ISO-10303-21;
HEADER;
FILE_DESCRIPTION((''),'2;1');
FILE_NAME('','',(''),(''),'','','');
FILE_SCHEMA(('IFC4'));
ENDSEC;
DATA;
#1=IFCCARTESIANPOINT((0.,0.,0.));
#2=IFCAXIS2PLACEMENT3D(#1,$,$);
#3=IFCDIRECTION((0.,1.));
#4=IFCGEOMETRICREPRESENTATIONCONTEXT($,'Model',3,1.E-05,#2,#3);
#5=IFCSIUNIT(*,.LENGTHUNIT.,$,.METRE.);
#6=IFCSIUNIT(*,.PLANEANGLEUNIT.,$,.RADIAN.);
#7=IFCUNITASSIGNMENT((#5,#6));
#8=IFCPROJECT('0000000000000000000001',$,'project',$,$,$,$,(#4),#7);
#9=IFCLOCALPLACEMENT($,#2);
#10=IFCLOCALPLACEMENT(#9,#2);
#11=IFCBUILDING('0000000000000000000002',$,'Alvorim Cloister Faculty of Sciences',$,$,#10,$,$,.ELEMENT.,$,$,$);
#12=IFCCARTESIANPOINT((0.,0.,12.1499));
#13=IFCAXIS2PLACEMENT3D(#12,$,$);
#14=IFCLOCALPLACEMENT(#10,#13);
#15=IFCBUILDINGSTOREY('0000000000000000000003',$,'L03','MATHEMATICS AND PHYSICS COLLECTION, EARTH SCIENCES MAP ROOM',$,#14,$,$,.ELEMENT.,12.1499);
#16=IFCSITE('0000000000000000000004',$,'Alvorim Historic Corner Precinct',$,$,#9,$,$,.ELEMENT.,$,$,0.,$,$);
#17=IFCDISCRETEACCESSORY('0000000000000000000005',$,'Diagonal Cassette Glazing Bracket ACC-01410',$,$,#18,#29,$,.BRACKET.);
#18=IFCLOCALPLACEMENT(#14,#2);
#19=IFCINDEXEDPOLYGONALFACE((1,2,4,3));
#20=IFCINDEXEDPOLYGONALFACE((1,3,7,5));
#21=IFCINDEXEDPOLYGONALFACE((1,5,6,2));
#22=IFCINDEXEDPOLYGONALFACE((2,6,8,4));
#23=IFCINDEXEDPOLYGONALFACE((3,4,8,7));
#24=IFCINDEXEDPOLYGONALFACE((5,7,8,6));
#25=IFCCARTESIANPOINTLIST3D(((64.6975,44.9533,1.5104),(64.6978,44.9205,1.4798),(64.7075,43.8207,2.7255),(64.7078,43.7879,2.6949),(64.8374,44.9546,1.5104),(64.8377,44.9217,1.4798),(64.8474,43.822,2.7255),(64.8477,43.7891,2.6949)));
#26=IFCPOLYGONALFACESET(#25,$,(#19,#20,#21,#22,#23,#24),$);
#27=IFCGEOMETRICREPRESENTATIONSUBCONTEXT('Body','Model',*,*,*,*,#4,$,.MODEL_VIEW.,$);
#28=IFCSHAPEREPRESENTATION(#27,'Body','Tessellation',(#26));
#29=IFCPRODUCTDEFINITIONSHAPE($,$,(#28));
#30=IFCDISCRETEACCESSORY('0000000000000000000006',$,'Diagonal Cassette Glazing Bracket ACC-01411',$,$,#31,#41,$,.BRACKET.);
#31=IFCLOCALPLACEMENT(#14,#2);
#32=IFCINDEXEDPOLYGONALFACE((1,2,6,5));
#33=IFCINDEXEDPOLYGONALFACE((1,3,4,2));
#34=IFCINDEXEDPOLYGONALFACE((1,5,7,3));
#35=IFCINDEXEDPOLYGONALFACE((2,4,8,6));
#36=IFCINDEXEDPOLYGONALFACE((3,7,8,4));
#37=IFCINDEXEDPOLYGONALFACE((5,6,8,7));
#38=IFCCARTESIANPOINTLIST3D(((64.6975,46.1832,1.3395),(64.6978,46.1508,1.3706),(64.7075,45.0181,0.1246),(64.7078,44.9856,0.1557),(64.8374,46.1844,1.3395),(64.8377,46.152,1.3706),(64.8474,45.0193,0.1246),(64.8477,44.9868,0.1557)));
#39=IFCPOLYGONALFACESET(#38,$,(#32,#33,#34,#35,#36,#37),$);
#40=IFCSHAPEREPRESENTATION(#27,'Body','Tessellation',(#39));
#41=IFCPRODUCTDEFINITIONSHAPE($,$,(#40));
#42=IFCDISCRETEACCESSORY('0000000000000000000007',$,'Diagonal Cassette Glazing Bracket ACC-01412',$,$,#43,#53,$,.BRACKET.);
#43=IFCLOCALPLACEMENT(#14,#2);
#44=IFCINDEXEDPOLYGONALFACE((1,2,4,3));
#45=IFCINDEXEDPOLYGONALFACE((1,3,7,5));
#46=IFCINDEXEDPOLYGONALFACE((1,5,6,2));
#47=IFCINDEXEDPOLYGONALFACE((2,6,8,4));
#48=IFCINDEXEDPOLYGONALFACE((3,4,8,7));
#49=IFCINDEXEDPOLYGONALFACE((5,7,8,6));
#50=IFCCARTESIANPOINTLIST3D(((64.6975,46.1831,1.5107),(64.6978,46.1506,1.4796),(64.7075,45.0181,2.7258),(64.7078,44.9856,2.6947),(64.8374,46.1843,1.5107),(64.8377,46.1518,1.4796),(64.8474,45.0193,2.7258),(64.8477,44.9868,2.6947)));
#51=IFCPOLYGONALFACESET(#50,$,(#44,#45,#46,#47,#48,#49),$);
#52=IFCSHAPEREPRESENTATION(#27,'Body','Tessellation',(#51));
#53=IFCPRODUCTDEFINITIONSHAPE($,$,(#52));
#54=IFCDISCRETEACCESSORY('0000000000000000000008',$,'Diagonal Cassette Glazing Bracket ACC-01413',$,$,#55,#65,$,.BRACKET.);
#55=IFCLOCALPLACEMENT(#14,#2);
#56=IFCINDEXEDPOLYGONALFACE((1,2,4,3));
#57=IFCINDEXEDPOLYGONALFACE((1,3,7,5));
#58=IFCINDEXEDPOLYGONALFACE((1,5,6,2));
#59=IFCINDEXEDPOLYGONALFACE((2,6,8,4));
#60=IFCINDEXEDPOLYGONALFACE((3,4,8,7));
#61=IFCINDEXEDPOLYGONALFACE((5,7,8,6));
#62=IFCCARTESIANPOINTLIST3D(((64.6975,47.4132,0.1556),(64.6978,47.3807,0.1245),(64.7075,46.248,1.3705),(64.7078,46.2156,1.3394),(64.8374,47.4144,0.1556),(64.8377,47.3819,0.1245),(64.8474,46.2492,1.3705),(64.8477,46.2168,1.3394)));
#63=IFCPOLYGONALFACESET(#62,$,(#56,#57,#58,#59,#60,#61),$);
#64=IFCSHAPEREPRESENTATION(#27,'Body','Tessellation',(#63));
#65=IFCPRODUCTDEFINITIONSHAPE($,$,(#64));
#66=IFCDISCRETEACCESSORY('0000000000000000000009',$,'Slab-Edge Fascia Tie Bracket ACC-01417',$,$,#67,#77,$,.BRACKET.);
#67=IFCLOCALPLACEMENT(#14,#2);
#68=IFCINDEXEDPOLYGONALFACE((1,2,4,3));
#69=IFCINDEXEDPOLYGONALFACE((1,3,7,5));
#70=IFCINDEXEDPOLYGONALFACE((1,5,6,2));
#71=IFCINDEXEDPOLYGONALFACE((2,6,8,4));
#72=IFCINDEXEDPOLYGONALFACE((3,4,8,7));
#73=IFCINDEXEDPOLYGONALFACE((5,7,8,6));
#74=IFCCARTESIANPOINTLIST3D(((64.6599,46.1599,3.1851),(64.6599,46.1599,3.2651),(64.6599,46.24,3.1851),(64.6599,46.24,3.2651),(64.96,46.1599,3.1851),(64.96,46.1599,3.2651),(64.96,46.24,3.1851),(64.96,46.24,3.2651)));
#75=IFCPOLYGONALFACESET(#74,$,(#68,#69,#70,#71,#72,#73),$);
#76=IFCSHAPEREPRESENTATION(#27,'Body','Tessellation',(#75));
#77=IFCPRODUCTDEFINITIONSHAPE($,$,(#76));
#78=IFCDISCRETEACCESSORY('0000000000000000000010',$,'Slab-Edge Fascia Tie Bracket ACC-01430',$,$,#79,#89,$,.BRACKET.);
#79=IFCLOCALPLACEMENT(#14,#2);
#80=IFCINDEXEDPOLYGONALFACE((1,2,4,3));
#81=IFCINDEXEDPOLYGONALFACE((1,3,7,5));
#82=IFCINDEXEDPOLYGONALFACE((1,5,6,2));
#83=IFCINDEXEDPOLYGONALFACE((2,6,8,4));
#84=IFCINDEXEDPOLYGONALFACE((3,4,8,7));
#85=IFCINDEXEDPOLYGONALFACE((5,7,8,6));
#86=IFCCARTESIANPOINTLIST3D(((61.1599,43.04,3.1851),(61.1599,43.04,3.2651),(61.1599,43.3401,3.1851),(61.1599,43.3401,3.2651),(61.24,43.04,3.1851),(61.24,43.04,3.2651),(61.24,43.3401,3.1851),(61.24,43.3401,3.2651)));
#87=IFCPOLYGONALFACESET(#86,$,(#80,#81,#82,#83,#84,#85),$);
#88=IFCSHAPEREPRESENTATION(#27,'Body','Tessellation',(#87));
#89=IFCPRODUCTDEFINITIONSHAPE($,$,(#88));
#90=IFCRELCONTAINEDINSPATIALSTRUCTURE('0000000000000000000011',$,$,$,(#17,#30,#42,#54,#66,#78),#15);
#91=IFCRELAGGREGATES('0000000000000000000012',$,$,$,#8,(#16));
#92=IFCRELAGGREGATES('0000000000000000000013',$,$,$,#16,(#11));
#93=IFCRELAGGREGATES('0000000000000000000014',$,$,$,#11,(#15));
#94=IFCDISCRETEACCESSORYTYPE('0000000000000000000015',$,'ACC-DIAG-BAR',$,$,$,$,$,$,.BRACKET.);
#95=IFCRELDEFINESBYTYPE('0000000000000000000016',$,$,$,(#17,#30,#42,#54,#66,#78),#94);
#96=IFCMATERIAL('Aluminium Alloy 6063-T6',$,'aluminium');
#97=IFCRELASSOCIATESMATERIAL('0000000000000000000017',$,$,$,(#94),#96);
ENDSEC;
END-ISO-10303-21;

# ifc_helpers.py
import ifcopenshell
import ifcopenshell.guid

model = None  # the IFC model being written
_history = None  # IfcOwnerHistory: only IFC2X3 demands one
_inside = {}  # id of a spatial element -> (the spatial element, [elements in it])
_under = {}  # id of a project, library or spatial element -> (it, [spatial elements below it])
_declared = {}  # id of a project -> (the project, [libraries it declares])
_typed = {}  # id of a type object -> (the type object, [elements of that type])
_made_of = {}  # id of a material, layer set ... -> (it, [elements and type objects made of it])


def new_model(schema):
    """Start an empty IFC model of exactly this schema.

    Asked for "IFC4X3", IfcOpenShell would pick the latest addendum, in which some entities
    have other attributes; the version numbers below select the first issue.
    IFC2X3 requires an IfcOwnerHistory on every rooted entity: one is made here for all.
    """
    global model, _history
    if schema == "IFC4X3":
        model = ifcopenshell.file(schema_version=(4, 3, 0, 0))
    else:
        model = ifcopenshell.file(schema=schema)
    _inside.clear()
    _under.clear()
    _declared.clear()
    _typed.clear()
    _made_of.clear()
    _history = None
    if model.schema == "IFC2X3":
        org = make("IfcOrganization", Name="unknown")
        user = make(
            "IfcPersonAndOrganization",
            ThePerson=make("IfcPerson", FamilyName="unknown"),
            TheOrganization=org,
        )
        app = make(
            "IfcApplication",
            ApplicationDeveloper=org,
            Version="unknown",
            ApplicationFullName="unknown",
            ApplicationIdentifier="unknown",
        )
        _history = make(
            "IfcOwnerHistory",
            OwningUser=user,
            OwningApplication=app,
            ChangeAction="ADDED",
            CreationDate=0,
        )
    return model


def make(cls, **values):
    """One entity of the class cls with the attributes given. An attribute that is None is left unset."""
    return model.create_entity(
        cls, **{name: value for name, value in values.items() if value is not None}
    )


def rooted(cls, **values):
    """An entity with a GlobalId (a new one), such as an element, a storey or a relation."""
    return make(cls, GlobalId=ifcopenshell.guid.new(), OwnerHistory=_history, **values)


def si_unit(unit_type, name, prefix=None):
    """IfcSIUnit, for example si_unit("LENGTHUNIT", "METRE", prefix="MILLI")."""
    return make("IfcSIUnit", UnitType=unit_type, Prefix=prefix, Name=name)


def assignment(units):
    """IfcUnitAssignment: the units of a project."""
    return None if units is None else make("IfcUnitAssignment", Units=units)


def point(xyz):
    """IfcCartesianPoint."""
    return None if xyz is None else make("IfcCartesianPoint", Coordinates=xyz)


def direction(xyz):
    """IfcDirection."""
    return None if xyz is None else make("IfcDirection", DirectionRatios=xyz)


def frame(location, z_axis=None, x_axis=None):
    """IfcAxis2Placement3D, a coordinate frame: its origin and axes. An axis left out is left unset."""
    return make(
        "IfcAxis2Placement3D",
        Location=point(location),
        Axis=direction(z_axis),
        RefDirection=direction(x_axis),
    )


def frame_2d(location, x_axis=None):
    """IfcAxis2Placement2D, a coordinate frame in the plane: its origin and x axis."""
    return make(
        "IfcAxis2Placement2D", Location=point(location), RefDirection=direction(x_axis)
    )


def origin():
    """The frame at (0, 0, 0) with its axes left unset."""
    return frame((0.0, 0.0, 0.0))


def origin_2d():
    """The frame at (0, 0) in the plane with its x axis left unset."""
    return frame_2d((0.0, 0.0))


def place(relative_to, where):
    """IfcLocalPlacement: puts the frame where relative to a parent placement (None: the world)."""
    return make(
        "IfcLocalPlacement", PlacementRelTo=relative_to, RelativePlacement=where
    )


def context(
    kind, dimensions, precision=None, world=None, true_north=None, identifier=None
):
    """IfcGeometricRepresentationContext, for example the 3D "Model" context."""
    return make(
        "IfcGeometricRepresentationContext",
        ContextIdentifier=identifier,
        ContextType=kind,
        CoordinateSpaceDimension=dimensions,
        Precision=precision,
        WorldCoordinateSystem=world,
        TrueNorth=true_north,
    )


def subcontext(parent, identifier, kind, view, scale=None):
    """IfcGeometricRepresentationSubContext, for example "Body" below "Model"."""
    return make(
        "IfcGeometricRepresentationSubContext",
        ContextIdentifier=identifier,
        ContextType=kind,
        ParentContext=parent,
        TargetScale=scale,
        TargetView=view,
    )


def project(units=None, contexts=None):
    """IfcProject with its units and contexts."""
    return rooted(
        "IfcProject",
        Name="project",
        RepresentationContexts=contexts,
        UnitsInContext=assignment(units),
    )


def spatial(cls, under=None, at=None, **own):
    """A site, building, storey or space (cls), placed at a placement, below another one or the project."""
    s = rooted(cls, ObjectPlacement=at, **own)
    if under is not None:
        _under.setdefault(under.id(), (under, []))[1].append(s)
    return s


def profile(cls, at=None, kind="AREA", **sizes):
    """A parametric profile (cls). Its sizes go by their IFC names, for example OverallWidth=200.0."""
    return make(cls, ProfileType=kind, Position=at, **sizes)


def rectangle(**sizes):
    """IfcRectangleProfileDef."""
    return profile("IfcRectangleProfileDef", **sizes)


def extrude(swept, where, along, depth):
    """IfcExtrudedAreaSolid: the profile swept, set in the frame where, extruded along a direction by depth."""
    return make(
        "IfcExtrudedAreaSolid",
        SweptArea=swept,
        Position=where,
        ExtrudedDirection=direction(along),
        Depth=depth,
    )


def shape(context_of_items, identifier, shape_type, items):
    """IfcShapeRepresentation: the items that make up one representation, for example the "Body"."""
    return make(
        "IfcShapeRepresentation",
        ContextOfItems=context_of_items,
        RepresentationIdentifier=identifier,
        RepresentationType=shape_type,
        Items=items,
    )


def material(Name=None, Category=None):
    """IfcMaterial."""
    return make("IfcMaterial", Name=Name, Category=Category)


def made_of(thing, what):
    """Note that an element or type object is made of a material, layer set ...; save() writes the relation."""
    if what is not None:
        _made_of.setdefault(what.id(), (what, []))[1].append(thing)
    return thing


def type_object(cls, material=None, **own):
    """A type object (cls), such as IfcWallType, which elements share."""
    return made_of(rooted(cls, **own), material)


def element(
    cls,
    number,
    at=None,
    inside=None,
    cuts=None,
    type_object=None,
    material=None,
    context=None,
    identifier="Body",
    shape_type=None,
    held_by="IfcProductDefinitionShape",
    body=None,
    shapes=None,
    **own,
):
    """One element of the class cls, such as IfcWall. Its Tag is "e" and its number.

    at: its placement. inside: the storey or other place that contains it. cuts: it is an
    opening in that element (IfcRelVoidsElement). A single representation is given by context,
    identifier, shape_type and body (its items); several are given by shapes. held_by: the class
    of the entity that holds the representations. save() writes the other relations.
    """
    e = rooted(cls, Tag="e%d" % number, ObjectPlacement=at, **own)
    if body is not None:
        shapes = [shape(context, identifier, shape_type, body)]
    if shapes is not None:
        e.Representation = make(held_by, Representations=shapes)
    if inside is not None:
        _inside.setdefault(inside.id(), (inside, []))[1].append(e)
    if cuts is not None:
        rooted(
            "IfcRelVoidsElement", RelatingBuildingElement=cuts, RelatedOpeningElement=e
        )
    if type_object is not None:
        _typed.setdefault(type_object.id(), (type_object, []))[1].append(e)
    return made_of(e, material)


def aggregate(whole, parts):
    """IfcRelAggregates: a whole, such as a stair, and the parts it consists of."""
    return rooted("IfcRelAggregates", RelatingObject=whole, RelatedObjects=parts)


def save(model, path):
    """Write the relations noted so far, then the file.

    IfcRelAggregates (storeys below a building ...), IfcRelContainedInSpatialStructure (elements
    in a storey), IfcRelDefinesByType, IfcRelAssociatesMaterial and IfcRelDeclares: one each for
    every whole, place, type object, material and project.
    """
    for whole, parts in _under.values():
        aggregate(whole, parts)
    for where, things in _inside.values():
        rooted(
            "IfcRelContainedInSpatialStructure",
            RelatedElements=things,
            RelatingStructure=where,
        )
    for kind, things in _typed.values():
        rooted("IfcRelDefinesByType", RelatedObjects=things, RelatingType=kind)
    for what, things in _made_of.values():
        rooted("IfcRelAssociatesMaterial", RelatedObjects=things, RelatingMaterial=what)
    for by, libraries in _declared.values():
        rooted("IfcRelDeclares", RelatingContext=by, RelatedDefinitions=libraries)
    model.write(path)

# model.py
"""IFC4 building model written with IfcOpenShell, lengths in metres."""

from ifc_helpers import new_model, si_unit, direction, frame, origin, origin_2d, place, context, subcontext, project, spatial, rectangle, extrude, material, type_object, element, save


model = new_model("IFC4")

# Units and contexts
model_context = context("Model", 3, precision=1e-05, world=origin(), true_north=direction((0.0, 1.0)))
body_context = subcontext(model_context, "Body", "Model", "MODEL_VIEW")
ifc_project = project(units=[si_unit("LENGTHUNIT", "METRE"), si_unit("PLANEANGLEUNIT", "RADIAN")], contexts=[model_context])

# Site, building, storey
site_placement = place(None, origin())
site = spatial("IfcSite", under=ifc_project, at=site_placement, Name="Alvorim Historic Corner Precinct", CompositionType="ELEMENT", RefElevation=0.0)
building_placement = place(site_placement, origin())
building = spatial("IfcBuilding", under=site, at=building_placement, Name="Alvorim Cloister Faculty of Sciences", CompositionType="ELEMENT")
storey_placement = place(building_placement, frame((0.0, 0.0, 12.1499)))
storey = spatial("IfcBuildingStorey", under=building, at=storey_placement, Name="L03", Description="MATHEMATICS AND PHYSICS COLLECTION, EARTH SCIENCES MAP ROOM", CompositionType="ELEMENT", Elevation=12.1499)

# Shared definitions
ifc_material_1 = material(Name="Aluminium Alloy 6063-T6", Category="aluminium")

# Discrete accessories
discrete_accessory_type = type_object("IfcDiscreteAccessoryType", Name="ACC-DIAG-BAR", PredefinedType="BRACKET", material=ifc_material_1)
discrete_accessory_1_placement = place(storey_placement, frame((64.7776, 43.8049, 2.7102), z_axis=(-0.006026, 0.681819, -0.731496), x_axis=(-0.999961, -0.008838, 0.0)))
element("IfcDiscreteAccessory", 1, at=discrete_accessory_1_placement, inside=storey, type_object=discrete_accessory_type, Name="Diagonal Cassette Glazing Bracket ACC-01410", PredefinedType="BRACKET", context=body_context, shape_type="SweptSolid", body=[
    extrude(rectangle(XDim=0.1399, YDim=0.0449, at=origin_2d()), origin(), (0.0, 0.0, 1.0), 1.6611),
])
for number, where, z_axis, x_axis, name in (
    (2, (64.7776, 45.0024, 0.1401), (-0.005947, 0.692145, 0.721734), (-0.999963, -0.008591, 0.0), "Diagonal Cassette Glazing Bracket ACC-01411"),
    (3, (64.7776, 45.0024, 2.7102), (-0.005946, 0.692073, -0.721803), (-0.999963, -0.008591, 0.0), "Diagonal Cassette Glazing Bracket ACC-01412"),
    (4, (64.7776, 46.2324, 1.355), (-0.005947, 0.692145, -0.721734), (-0.999963, -0.008591, 0.0), "Diagonal Cassette Glazing Bracket ACC-01413"),
):
    element("IfcDiscreteAccessory", number, at=place(storey_placement, frame(where, z_axis=z_axis, x_axis=x_axis)), inside=storey, type_object=discrete_accessory_type, Name=name, PredefinedType="BRACKET", context=body_context, shape_type="SweptSolid", body=[
        extrude(rectangle(XDim=0.1399, YDim=0.0449, at=origin_2d()), origin(), (0.0, 0.0, 1.0), 1.6833),
    ])
for number, where, z_axis, x_axis, name in (
    (5, (64.6599, 46.2, 3.2251), (1.0, 0.0, 0.0), (0.0, 1.0, 0.0), "Slab-Edge Fascia Tie Bracket ACC-01417"),
    (6, (61.2, 43.3401, 3.2251), (0.0, -1.0, 0.0), (1.0, 0.0, 0.0), "Slab-Edge Fascia Tie Bracket ACC-01430"),
):
    element("IfcDiscreteAccessory", number, at=place(storey_placement, frame(where, z_axis=z_axis, x_axis=x_axis)), inside=storey, type_object=discrete_accessory_type, Name=name, PredefinedType="BRACKET", context=body_context, shape_type="SweptSolid", body=[
        extrude(rectangle(XDim=0.0801, YDim=0.0801, at=origin_2d()), origin(), (0.0, 0.0, 1.0), 0.3),
    ])

save(model, "model.ifc")
